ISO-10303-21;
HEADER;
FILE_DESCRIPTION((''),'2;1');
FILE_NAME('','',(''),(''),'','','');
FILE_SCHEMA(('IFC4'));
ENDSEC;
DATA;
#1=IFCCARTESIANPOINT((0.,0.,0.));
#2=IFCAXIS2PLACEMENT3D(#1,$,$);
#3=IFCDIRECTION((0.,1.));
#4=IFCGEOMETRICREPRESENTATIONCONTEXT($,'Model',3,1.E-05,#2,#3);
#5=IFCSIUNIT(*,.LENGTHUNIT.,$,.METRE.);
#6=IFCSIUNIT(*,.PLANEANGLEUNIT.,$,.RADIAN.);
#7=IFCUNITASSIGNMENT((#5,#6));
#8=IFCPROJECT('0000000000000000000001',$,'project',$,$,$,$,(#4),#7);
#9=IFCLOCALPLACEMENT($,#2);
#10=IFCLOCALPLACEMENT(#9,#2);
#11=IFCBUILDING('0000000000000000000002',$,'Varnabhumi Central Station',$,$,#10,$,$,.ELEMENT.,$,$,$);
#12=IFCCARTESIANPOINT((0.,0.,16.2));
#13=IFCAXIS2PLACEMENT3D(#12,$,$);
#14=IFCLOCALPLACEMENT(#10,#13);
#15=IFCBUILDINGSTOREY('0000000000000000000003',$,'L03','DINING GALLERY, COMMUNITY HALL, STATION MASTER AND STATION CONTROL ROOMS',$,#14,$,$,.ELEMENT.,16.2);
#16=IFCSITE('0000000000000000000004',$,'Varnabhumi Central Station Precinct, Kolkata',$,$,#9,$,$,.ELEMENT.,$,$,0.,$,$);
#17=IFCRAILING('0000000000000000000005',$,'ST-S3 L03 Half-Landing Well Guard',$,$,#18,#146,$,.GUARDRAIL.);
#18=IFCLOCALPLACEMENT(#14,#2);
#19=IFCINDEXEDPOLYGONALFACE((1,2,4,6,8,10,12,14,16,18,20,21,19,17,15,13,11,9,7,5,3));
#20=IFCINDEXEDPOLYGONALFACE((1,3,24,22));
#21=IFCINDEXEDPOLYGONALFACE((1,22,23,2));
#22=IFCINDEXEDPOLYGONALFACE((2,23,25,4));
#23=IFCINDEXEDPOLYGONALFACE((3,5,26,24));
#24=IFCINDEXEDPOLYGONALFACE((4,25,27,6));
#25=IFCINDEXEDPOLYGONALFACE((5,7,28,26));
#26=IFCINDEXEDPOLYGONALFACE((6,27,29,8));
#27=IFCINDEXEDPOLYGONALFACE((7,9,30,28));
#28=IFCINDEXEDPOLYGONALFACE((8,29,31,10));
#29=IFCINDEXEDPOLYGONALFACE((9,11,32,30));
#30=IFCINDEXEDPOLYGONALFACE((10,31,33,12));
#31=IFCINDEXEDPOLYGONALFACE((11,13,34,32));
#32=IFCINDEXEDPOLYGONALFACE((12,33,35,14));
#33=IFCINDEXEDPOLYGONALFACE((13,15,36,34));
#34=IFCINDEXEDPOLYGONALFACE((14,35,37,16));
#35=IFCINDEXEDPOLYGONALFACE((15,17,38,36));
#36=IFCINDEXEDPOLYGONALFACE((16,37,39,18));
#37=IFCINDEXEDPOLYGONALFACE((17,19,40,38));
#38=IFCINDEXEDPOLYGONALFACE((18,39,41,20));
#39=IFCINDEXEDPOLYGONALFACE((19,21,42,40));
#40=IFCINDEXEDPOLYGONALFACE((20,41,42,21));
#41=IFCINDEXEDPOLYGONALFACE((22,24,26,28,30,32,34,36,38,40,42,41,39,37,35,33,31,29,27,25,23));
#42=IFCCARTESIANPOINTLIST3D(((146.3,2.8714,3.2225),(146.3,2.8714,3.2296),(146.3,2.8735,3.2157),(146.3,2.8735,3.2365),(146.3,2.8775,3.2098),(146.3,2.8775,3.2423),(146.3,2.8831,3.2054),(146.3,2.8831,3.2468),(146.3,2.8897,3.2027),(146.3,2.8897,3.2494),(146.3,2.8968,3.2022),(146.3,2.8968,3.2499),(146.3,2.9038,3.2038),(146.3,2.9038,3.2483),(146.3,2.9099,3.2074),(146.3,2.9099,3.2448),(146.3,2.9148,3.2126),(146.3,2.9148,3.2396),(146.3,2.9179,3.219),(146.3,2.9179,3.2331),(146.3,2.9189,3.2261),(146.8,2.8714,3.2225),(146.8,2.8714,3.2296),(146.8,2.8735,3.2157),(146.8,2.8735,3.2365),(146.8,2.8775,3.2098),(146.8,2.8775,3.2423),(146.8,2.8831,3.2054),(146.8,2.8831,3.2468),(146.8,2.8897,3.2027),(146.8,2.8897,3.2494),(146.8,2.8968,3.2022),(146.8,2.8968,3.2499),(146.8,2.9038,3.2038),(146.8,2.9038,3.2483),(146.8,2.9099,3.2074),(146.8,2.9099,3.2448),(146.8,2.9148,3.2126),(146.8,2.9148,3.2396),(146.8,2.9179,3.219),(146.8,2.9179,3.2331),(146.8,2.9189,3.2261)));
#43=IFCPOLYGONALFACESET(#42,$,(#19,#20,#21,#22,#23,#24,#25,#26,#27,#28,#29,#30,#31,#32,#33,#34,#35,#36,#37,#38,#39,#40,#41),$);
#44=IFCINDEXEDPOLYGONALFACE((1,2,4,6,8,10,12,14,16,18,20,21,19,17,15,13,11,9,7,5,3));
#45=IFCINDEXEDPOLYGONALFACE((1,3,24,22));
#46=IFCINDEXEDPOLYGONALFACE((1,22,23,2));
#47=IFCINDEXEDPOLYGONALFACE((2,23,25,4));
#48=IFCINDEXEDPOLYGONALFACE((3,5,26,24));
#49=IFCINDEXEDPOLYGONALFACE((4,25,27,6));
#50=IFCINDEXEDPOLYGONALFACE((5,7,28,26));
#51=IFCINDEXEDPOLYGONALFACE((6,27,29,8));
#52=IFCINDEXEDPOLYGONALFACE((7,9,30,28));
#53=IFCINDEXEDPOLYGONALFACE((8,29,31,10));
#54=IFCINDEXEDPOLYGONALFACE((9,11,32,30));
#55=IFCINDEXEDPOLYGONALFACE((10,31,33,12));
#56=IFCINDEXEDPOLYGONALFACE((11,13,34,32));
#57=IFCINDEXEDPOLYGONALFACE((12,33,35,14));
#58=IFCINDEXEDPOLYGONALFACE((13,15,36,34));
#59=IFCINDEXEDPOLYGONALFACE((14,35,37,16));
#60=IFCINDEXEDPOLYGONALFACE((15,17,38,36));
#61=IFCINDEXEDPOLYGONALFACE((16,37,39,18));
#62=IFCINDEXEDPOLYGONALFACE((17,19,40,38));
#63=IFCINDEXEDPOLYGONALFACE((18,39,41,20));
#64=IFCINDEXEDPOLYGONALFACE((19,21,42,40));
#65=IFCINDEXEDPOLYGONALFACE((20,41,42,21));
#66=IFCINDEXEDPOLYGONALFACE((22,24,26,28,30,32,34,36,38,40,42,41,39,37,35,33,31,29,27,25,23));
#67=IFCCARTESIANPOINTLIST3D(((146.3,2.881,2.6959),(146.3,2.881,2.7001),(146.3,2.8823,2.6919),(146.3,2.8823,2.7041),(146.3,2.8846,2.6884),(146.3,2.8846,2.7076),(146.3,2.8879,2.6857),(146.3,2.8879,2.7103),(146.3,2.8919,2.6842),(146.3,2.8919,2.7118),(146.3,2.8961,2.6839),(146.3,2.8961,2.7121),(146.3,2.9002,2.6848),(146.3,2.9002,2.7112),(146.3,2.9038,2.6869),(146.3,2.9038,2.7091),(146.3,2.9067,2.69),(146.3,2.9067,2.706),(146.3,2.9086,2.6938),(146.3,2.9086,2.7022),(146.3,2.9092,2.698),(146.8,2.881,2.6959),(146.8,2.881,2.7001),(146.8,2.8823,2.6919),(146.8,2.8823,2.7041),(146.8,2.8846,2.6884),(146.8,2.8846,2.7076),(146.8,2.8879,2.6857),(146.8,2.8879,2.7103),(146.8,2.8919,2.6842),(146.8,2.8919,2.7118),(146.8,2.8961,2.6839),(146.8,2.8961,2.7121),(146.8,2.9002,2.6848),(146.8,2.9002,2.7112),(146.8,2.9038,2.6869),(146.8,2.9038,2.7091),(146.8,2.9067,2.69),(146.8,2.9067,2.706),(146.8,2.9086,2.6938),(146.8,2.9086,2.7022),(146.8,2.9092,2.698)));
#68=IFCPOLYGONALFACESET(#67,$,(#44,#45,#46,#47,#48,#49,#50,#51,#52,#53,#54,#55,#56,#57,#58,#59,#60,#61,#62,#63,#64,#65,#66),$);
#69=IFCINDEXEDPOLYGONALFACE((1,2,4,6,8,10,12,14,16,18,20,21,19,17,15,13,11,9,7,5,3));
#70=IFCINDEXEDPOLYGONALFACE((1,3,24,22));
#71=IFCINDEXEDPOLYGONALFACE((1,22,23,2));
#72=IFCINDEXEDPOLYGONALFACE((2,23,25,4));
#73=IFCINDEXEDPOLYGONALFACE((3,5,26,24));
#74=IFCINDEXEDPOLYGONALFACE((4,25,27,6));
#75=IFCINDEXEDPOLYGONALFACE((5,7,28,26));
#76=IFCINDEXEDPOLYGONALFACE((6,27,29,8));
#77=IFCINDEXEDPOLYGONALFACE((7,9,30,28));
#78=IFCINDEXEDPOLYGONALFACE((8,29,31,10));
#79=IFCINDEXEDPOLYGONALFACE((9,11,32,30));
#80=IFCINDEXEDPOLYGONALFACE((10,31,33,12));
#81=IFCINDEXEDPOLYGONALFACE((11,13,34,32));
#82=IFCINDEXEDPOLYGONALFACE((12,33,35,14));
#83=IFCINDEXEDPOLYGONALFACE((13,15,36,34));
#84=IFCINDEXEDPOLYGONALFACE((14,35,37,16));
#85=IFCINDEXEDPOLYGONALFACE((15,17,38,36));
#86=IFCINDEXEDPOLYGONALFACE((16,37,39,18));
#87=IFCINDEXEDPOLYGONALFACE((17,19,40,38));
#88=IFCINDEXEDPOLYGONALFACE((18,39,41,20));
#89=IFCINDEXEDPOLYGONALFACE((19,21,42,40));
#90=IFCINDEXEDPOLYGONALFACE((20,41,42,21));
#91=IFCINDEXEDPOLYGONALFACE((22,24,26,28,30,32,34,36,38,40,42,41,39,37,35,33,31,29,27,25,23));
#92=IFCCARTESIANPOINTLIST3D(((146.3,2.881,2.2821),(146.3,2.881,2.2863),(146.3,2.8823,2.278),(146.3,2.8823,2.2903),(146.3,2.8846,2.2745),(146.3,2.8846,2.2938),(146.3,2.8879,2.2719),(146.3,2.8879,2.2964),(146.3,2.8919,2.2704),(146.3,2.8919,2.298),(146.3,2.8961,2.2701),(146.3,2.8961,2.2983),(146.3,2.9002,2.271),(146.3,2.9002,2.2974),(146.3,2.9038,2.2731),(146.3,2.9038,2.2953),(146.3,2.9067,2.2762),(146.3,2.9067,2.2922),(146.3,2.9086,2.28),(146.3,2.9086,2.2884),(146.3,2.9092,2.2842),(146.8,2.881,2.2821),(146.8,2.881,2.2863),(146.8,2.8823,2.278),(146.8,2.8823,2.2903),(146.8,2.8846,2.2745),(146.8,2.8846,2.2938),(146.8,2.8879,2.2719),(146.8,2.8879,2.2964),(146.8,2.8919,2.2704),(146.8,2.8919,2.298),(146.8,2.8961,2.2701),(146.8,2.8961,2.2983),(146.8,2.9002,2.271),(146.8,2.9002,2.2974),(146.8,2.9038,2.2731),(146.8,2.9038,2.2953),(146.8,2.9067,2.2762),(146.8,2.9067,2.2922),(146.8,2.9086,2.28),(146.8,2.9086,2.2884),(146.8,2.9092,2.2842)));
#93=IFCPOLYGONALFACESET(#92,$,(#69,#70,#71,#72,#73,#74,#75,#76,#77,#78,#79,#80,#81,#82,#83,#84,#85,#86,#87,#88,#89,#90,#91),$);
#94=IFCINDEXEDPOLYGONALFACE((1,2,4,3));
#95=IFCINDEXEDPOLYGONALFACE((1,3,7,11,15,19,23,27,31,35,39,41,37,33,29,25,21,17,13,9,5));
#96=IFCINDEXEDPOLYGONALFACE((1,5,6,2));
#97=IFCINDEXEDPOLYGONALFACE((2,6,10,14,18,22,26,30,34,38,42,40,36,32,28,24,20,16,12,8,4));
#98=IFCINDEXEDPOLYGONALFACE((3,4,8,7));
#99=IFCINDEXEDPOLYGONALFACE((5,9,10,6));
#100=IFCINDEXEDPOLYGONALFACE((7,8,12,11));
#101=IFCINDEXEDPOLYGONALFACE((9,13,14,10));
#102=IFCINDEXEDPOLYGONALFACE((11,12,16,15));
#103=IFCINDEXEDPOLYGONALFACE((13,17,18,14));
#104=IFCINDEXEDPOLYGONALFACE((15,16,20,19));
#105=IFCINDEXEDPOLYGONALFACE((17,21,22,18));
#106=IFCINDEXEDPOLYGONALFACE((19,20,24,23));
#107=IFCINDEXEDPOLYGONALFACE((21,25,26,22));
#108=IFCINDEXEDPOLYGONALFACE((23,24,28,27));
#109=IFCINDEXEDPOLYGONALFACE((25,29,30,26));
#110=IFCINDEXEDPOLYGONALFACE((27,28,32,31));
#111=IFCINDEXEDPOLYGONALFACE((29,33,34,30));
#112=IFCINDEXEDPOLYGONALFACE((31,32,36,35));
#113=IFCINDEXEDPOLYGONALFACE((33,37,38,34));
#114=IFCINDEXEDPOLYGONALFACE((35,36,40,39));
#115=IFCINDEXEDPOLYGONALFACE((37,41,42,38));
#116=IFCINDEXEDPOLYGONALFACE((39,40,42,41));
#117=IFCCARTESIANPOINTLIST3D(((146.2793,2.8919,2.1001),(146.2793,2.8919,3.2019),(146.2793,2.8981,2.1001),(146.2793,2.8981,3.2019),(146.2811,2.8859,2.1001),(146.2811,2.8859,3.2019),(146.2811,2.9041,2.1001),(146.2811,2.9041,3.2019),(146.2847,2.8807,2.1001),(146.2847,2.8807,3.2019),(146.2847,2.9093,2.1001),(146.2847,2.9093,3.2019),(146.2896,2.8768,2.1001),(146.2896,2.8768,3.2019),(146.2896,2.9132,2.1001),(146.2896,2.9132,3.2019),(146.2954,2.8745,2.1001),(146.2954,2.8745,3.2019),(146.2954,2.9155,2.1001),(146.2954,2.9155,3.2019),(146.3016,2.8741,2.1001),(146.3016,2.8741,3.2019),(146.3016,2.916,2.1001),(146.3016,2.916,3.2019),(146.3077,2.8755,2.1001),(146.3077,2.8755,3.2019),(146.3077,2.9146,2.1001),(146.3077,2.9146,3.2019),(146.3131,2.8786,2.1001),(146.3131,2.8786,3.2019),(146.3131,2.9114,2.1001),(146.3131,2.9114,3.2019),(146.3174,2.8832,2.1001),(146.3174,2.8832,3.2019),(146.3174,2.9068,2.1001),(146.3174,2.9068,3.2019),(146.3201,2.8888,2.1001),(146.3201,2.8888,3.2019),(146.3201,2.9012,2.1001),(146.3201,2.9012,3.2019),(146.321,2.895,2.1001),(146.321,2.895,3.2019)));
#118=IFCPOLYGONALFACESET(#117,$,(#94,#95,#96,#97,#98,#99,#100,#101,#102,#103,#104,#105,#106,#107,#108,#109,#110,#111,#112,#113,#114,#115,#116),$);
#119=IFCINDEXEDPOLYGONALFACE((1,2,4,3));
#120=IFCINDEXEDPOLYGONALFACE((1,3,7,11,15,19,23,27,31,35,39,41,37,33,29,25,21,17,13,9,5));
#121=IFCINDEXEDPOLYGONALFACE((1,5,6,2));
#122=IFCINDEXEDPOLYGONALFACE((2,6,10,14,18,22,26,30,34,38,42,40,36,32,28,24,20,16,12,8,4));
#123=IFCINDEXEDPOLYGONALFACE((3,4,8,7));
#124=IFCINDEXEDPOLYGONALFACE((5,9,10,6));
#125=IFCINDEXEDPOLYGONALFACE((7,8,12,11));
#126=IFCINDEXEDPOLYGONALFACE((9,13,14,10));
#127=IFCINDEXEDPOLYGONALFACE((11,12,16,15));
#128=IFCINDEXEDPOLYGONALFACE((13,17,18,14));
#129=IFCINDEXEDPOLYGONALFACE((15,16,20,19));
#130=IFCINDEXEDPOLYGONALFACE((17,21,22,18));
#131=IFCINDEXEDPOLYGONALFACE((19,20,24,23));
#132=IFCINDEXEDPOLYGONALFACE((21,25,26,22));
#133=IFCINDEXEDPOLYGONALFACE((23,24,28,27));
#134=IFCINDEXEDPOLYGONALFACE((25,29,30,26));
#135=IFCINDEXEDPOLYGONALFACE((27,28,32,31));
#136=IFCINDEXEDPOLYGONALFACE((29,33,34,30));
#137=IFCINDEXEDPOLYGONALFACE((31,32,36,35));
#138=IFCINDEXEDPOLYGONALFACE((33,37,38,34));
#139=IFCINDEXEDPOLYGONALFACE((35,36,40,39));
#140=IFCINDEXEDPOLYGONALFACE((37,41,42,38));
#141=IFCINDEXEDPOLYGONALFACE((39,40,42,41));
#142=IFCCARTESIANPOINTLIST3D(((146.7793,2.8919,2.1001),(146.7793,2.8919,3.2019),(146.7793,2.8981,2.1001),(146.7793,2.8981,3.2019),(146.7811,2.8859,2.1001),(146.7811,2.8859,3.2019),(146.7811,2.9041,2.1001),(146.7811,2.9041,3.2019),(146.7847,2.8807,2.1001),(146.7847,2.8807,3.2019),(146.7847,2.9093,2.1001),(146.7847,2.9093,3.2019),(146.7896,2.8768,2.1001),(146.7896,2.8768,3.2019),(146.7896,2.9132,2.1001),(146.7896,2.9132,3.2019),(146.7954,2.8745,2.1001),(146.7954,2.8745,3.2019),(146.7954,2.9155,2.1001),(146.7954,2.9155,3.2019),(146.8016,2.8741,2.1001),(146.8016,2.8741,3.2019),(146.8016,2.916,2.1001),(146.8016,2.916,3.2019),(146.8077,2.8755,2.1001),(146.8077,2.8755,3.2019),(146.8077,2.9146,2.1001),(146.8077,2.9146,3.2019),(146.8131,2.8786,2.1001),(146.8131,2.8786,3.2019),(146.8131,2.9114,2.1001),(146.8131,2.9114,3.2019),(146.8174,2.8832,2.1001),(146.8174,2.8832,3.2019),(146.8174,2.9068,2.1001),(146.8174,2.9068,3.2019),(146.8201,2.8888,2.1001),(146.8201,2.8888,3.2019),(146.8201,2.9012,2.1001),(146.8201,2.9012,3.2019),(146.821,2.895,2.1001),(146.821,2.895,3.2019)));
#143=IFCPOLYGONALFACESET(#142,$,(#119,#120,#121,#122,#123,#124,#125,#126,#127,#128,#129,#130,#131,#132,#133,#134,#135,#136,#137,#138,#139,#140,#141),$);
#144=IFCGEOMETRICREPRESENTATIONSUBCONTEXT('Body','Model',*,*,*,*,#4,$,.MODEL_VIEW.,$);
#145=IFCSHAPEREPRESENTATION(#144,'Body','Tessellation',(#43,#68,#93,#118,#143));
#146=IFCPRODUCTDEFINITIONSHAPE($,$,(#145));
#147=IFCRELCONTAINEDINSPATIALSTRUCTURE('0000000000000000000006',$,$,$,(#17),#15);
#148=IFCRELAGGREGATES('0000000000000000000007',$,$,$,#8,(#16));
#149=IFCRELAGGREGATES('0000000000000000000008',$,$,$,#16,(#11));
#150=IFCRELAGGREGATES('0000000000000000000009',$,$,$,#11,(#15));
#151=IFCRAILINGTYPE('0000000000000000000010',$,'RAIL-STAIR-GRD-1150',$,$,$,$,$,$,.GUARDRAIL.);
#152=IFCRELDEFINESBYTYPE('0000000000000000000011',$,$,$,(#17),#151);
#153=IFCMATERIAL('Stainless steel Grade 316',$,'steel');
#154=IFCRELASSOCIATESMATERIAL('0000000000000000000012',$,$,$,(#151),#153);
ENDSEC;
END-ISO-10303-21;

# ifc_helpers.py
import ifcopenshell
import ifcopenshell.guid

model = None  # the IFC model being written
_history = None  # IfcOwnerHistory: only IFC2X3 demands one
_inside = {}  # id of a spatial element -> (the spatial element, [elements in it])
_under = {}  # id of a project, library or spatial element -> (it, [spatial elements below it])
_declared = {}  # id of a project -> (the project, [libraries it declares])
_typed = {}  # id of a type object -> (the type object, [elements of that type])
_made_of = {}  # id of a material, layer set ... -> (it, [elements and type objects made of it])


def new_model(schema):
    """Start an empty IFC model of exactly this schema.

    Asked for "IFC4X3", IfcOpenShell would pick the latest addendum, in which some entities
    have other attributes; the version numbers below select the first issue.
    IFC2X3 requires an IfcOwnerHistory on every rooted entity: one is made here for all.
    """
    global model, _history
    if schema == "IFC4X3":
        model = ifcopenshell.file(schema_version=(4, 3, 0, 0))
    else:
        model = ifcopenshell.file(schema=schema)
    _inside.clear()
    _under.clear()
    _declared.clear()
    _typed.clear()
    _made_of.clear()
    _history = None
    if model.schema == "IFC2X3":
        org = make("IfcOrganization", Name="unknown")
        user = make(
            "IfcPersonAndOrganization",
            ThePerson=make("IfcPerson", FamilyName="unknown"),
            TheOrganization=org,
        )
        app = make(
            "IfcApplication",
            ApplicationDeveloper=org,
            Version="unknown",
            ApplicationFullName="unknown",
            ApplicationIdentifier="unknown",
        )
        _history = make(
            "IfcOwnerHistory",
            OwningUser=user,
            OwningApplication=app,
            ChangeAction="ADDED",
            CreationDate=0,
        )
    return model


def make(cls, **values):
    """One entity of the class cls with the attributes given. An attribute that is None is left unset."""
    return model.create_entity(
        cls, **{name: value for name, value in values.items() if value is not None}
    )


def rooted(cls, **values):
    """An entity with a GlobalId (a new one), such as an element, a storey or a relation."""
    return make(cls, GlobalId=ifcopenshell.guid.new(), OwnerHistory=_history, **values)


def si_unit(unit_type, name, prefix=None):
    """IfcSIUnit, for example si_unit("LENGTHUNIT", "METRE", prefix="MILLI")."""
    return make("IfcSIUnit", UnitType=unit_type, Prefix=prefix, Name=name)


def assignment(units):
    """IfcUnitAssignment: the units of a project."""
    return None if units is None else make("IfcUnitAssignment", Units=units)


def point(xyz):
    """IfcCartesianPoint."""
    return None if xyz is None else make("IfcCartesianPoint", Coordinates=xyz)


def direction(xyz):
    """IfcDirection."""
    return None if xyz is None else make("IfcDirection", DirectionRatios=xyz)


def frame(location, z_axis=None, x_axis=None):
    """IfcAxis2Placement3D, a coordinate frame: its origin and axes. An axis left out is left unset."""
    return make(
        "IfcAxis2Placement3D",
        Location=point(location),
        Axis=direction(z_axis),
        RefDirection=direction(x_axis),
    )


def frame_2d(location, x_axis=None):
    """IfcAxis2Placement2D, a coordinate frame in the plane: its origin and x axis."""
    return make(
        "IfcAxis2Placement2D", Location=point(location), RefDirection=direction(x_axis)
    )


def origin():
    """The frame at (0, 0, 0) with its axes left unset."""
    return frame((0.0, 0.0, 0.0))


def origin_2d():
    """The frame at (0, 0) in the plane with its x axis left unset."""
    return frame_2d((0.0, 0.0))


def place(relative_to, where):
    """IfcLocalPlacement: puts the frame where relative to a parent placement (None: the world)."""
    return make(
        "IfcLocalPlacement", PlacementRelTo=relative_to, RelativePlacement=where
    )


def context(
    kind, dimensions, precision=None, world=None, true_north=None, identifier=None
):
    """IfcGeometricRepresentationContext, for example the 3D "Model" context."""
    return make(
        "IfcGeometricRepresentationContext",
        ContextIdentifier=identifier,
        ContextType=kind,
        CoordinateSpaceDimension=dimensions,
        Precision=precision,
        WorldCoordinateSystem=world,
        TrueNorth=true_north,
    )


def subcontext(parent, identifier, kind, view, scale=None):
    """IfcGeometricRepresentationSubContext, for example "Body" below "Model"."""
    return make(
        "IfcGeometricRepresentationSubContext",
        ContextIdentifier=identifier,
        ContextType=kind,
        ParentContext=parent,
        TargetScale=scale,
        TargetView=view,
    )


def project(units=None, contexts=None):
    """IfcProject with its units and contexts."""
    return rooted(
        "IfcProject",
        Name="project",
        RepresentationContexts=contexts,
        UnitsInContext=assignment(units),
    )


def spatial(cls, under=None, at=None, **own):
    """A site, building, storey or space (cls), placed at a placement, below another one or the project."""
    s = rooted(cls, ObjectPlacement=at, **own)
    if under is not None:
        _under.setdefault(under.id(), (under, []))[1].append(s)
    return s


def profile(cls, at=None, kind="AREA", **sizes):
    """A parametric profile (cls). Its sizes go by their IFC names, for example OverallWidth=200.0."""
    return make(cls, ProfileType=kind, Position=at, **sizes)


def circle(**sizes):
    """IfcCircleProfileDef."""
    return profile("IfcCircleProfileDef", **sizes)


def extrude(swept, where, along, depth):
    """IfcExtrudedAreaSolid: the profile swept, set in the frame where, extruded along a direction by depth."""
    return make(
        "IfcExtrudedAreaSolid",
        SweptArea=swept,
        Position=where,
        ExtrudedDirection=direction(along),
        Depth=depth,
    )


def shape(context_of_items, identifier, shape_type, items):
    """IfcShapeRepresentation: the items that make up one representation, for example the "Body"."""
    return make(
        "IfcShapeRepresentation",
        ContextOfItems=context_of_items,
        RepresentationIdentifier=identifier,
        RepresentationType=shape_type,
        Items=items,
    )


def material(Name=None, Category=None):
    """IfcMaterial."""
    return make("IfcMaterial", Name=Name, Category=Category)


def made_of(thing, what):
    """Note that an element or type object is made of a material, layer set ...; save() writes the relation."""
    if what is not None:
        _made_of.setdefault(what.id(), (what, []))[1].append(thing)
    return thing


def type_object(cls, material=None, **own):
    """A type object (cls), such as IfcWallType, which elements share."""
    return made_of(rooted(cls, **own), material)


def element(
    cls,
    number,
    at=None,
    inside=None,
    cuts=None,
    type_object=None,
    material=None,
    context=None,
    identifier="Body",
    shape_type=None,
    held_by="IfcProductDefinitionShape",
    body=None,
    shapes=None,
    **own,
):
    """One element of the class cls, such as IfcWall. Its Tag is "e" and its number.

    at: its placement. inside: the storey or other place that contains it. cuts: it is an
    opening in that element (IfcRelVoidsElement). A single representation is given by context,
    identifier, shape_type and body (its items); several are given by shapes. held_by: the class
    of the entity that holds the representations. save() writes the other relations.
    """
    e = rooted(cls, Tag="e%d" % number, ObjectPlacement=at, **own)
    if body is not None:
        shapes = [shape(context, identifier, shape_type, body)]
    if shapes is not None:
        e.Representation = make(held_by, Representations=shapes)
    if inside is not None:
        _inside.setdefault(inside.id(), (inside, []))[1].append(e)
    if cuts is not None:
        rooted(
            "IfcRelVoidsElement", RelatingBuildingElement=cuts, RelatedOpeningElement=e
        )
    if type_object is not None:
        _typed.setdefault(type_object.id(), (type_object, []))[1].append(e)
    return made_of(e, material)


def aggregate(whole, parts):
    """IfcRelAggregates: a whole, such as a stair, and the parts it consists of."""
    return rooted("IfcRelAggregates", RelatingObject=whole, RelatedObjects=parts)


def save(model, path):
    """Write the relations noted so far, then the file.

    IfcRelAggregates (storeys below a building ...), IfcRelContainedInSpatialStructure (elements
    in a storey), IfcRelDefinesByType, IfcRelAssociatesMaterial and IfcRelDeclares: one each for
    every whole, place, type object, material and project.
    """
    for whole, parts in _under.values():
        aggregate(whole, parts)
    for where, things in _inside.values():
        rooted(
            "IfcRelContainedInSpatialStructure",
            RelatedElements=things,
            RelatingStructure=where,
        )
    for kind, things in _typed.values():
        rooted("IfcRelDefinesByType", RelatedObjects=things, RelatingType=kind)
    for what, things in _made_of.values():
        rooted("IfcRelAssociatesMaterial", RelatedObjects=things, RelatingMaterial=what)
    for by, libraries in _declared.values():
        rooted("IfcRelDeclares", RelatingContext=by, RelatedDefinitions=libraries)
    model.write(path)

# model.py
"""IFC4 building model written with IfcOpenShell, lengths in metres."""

from ifc_helpers import new_model, si_unit, direction, frame, origin, origin_2d, place, context, subcontext, project, spatial, circle, extrude, material, type_object, element, save


model = new_model("IFC4")

# Units and contexts
model_context = context("Model", 3, precision=1e-05, world=origin(), true_north=direction((0.0, 1.0)))
body_context = subcontext(model_context, "Body", "Model", "MODEL_VIEW")
ifc_project = project(units=[si_unit("LENGTHUNIT", "METRE"), si_unit("PLANEANGLEUNIT", "RADIAN")], contexts=[model_context])

# Site, building, storey
site_placement = place(None, origin())
site = spatial("IfcSite", under=ifc_project, at=site_placement, Name="Varnabhumi Central Station Precinct, Kolkata", CompositionType="ELEMENT", RefElevation=0.0)
building_placement = place(site_placement, origin())
building = spatial("IfcBuilding", under=site, at=building_placement, Name="Varnabhumi Central Station", CompositionType="ELEMENT")
storey_placement = place(building_placement, frame((0.0, 0.0, 16.2)))
storey = spatial("IfcBuildingStorey", under=building, at=storey_placement, Name="L03", Description="DINING GALLERY, COMMUNITY HALL, STATION MASTER AND STATION CONTROL ROOMS", CompositionType="ELEMENT", Elevation=16.2)

# Shared definitions
ifc_material_1 = material(Name="Stainless steel Grade 316", Category="steel")

# Railing
railing_type_1 = type_object("IfcRailingType", Name="RAIL-STAIR-GRD-1150", PredefinedType="GUARDRAIL", material=ifc_material_1)
for number, where, name in (
    (1, (146.3, 2.895, 2.1001), "ST-S3 L03 Half-Landing Well Guard"),
):
    element("IfcRailing", number, at=place(storey_placement, frame(where)), inside=storey, type_object=railing_type_1, Name=name, PredefinedType="GUARDRAIL", context=body_context, shape_type="SweptSolid", body=[
        extrude(circle(Radius=0.0239, at=origin_2d()), frame((0.0, 0.0, 1.126), z_axis=(1.0, 0.0, 0.0), x_axis=(0.0, 1.0, 0.0)), (0.0, 0.0, 1.0), 0.5),
        extrude(circle(Radius=0.0142, at=origin_2d()), frame((0.0, 0.0, 0.5979), z_axis=(1.0, 0.0, 0.0), x_axis=(0.0, 1.0, 0.0)), (0.0, 0.0, 1.0), 0.5),
        extrude(circle(Radius=0.0142, at=origin_2d()), frame((0.0, 0.0, 0.1841), z_axis=(1.0, 0.0, 0.0), x_axis=(0.0, 1.0, 0.0)), (0.0, 0.0, 1.0), 0.5),
        extrude(circle(Radius=0.021, at=origin_2d()), origin(), (0.0, 0.0, 1.0), 1.1018),
        extrude(circle(Radius=0.021, at=origin_2d()), frame((0.5, 0.0, 0.0)), (0.0, 0.0, 1.0), 1.1018),
    ])

save(model, "model.ifc")
